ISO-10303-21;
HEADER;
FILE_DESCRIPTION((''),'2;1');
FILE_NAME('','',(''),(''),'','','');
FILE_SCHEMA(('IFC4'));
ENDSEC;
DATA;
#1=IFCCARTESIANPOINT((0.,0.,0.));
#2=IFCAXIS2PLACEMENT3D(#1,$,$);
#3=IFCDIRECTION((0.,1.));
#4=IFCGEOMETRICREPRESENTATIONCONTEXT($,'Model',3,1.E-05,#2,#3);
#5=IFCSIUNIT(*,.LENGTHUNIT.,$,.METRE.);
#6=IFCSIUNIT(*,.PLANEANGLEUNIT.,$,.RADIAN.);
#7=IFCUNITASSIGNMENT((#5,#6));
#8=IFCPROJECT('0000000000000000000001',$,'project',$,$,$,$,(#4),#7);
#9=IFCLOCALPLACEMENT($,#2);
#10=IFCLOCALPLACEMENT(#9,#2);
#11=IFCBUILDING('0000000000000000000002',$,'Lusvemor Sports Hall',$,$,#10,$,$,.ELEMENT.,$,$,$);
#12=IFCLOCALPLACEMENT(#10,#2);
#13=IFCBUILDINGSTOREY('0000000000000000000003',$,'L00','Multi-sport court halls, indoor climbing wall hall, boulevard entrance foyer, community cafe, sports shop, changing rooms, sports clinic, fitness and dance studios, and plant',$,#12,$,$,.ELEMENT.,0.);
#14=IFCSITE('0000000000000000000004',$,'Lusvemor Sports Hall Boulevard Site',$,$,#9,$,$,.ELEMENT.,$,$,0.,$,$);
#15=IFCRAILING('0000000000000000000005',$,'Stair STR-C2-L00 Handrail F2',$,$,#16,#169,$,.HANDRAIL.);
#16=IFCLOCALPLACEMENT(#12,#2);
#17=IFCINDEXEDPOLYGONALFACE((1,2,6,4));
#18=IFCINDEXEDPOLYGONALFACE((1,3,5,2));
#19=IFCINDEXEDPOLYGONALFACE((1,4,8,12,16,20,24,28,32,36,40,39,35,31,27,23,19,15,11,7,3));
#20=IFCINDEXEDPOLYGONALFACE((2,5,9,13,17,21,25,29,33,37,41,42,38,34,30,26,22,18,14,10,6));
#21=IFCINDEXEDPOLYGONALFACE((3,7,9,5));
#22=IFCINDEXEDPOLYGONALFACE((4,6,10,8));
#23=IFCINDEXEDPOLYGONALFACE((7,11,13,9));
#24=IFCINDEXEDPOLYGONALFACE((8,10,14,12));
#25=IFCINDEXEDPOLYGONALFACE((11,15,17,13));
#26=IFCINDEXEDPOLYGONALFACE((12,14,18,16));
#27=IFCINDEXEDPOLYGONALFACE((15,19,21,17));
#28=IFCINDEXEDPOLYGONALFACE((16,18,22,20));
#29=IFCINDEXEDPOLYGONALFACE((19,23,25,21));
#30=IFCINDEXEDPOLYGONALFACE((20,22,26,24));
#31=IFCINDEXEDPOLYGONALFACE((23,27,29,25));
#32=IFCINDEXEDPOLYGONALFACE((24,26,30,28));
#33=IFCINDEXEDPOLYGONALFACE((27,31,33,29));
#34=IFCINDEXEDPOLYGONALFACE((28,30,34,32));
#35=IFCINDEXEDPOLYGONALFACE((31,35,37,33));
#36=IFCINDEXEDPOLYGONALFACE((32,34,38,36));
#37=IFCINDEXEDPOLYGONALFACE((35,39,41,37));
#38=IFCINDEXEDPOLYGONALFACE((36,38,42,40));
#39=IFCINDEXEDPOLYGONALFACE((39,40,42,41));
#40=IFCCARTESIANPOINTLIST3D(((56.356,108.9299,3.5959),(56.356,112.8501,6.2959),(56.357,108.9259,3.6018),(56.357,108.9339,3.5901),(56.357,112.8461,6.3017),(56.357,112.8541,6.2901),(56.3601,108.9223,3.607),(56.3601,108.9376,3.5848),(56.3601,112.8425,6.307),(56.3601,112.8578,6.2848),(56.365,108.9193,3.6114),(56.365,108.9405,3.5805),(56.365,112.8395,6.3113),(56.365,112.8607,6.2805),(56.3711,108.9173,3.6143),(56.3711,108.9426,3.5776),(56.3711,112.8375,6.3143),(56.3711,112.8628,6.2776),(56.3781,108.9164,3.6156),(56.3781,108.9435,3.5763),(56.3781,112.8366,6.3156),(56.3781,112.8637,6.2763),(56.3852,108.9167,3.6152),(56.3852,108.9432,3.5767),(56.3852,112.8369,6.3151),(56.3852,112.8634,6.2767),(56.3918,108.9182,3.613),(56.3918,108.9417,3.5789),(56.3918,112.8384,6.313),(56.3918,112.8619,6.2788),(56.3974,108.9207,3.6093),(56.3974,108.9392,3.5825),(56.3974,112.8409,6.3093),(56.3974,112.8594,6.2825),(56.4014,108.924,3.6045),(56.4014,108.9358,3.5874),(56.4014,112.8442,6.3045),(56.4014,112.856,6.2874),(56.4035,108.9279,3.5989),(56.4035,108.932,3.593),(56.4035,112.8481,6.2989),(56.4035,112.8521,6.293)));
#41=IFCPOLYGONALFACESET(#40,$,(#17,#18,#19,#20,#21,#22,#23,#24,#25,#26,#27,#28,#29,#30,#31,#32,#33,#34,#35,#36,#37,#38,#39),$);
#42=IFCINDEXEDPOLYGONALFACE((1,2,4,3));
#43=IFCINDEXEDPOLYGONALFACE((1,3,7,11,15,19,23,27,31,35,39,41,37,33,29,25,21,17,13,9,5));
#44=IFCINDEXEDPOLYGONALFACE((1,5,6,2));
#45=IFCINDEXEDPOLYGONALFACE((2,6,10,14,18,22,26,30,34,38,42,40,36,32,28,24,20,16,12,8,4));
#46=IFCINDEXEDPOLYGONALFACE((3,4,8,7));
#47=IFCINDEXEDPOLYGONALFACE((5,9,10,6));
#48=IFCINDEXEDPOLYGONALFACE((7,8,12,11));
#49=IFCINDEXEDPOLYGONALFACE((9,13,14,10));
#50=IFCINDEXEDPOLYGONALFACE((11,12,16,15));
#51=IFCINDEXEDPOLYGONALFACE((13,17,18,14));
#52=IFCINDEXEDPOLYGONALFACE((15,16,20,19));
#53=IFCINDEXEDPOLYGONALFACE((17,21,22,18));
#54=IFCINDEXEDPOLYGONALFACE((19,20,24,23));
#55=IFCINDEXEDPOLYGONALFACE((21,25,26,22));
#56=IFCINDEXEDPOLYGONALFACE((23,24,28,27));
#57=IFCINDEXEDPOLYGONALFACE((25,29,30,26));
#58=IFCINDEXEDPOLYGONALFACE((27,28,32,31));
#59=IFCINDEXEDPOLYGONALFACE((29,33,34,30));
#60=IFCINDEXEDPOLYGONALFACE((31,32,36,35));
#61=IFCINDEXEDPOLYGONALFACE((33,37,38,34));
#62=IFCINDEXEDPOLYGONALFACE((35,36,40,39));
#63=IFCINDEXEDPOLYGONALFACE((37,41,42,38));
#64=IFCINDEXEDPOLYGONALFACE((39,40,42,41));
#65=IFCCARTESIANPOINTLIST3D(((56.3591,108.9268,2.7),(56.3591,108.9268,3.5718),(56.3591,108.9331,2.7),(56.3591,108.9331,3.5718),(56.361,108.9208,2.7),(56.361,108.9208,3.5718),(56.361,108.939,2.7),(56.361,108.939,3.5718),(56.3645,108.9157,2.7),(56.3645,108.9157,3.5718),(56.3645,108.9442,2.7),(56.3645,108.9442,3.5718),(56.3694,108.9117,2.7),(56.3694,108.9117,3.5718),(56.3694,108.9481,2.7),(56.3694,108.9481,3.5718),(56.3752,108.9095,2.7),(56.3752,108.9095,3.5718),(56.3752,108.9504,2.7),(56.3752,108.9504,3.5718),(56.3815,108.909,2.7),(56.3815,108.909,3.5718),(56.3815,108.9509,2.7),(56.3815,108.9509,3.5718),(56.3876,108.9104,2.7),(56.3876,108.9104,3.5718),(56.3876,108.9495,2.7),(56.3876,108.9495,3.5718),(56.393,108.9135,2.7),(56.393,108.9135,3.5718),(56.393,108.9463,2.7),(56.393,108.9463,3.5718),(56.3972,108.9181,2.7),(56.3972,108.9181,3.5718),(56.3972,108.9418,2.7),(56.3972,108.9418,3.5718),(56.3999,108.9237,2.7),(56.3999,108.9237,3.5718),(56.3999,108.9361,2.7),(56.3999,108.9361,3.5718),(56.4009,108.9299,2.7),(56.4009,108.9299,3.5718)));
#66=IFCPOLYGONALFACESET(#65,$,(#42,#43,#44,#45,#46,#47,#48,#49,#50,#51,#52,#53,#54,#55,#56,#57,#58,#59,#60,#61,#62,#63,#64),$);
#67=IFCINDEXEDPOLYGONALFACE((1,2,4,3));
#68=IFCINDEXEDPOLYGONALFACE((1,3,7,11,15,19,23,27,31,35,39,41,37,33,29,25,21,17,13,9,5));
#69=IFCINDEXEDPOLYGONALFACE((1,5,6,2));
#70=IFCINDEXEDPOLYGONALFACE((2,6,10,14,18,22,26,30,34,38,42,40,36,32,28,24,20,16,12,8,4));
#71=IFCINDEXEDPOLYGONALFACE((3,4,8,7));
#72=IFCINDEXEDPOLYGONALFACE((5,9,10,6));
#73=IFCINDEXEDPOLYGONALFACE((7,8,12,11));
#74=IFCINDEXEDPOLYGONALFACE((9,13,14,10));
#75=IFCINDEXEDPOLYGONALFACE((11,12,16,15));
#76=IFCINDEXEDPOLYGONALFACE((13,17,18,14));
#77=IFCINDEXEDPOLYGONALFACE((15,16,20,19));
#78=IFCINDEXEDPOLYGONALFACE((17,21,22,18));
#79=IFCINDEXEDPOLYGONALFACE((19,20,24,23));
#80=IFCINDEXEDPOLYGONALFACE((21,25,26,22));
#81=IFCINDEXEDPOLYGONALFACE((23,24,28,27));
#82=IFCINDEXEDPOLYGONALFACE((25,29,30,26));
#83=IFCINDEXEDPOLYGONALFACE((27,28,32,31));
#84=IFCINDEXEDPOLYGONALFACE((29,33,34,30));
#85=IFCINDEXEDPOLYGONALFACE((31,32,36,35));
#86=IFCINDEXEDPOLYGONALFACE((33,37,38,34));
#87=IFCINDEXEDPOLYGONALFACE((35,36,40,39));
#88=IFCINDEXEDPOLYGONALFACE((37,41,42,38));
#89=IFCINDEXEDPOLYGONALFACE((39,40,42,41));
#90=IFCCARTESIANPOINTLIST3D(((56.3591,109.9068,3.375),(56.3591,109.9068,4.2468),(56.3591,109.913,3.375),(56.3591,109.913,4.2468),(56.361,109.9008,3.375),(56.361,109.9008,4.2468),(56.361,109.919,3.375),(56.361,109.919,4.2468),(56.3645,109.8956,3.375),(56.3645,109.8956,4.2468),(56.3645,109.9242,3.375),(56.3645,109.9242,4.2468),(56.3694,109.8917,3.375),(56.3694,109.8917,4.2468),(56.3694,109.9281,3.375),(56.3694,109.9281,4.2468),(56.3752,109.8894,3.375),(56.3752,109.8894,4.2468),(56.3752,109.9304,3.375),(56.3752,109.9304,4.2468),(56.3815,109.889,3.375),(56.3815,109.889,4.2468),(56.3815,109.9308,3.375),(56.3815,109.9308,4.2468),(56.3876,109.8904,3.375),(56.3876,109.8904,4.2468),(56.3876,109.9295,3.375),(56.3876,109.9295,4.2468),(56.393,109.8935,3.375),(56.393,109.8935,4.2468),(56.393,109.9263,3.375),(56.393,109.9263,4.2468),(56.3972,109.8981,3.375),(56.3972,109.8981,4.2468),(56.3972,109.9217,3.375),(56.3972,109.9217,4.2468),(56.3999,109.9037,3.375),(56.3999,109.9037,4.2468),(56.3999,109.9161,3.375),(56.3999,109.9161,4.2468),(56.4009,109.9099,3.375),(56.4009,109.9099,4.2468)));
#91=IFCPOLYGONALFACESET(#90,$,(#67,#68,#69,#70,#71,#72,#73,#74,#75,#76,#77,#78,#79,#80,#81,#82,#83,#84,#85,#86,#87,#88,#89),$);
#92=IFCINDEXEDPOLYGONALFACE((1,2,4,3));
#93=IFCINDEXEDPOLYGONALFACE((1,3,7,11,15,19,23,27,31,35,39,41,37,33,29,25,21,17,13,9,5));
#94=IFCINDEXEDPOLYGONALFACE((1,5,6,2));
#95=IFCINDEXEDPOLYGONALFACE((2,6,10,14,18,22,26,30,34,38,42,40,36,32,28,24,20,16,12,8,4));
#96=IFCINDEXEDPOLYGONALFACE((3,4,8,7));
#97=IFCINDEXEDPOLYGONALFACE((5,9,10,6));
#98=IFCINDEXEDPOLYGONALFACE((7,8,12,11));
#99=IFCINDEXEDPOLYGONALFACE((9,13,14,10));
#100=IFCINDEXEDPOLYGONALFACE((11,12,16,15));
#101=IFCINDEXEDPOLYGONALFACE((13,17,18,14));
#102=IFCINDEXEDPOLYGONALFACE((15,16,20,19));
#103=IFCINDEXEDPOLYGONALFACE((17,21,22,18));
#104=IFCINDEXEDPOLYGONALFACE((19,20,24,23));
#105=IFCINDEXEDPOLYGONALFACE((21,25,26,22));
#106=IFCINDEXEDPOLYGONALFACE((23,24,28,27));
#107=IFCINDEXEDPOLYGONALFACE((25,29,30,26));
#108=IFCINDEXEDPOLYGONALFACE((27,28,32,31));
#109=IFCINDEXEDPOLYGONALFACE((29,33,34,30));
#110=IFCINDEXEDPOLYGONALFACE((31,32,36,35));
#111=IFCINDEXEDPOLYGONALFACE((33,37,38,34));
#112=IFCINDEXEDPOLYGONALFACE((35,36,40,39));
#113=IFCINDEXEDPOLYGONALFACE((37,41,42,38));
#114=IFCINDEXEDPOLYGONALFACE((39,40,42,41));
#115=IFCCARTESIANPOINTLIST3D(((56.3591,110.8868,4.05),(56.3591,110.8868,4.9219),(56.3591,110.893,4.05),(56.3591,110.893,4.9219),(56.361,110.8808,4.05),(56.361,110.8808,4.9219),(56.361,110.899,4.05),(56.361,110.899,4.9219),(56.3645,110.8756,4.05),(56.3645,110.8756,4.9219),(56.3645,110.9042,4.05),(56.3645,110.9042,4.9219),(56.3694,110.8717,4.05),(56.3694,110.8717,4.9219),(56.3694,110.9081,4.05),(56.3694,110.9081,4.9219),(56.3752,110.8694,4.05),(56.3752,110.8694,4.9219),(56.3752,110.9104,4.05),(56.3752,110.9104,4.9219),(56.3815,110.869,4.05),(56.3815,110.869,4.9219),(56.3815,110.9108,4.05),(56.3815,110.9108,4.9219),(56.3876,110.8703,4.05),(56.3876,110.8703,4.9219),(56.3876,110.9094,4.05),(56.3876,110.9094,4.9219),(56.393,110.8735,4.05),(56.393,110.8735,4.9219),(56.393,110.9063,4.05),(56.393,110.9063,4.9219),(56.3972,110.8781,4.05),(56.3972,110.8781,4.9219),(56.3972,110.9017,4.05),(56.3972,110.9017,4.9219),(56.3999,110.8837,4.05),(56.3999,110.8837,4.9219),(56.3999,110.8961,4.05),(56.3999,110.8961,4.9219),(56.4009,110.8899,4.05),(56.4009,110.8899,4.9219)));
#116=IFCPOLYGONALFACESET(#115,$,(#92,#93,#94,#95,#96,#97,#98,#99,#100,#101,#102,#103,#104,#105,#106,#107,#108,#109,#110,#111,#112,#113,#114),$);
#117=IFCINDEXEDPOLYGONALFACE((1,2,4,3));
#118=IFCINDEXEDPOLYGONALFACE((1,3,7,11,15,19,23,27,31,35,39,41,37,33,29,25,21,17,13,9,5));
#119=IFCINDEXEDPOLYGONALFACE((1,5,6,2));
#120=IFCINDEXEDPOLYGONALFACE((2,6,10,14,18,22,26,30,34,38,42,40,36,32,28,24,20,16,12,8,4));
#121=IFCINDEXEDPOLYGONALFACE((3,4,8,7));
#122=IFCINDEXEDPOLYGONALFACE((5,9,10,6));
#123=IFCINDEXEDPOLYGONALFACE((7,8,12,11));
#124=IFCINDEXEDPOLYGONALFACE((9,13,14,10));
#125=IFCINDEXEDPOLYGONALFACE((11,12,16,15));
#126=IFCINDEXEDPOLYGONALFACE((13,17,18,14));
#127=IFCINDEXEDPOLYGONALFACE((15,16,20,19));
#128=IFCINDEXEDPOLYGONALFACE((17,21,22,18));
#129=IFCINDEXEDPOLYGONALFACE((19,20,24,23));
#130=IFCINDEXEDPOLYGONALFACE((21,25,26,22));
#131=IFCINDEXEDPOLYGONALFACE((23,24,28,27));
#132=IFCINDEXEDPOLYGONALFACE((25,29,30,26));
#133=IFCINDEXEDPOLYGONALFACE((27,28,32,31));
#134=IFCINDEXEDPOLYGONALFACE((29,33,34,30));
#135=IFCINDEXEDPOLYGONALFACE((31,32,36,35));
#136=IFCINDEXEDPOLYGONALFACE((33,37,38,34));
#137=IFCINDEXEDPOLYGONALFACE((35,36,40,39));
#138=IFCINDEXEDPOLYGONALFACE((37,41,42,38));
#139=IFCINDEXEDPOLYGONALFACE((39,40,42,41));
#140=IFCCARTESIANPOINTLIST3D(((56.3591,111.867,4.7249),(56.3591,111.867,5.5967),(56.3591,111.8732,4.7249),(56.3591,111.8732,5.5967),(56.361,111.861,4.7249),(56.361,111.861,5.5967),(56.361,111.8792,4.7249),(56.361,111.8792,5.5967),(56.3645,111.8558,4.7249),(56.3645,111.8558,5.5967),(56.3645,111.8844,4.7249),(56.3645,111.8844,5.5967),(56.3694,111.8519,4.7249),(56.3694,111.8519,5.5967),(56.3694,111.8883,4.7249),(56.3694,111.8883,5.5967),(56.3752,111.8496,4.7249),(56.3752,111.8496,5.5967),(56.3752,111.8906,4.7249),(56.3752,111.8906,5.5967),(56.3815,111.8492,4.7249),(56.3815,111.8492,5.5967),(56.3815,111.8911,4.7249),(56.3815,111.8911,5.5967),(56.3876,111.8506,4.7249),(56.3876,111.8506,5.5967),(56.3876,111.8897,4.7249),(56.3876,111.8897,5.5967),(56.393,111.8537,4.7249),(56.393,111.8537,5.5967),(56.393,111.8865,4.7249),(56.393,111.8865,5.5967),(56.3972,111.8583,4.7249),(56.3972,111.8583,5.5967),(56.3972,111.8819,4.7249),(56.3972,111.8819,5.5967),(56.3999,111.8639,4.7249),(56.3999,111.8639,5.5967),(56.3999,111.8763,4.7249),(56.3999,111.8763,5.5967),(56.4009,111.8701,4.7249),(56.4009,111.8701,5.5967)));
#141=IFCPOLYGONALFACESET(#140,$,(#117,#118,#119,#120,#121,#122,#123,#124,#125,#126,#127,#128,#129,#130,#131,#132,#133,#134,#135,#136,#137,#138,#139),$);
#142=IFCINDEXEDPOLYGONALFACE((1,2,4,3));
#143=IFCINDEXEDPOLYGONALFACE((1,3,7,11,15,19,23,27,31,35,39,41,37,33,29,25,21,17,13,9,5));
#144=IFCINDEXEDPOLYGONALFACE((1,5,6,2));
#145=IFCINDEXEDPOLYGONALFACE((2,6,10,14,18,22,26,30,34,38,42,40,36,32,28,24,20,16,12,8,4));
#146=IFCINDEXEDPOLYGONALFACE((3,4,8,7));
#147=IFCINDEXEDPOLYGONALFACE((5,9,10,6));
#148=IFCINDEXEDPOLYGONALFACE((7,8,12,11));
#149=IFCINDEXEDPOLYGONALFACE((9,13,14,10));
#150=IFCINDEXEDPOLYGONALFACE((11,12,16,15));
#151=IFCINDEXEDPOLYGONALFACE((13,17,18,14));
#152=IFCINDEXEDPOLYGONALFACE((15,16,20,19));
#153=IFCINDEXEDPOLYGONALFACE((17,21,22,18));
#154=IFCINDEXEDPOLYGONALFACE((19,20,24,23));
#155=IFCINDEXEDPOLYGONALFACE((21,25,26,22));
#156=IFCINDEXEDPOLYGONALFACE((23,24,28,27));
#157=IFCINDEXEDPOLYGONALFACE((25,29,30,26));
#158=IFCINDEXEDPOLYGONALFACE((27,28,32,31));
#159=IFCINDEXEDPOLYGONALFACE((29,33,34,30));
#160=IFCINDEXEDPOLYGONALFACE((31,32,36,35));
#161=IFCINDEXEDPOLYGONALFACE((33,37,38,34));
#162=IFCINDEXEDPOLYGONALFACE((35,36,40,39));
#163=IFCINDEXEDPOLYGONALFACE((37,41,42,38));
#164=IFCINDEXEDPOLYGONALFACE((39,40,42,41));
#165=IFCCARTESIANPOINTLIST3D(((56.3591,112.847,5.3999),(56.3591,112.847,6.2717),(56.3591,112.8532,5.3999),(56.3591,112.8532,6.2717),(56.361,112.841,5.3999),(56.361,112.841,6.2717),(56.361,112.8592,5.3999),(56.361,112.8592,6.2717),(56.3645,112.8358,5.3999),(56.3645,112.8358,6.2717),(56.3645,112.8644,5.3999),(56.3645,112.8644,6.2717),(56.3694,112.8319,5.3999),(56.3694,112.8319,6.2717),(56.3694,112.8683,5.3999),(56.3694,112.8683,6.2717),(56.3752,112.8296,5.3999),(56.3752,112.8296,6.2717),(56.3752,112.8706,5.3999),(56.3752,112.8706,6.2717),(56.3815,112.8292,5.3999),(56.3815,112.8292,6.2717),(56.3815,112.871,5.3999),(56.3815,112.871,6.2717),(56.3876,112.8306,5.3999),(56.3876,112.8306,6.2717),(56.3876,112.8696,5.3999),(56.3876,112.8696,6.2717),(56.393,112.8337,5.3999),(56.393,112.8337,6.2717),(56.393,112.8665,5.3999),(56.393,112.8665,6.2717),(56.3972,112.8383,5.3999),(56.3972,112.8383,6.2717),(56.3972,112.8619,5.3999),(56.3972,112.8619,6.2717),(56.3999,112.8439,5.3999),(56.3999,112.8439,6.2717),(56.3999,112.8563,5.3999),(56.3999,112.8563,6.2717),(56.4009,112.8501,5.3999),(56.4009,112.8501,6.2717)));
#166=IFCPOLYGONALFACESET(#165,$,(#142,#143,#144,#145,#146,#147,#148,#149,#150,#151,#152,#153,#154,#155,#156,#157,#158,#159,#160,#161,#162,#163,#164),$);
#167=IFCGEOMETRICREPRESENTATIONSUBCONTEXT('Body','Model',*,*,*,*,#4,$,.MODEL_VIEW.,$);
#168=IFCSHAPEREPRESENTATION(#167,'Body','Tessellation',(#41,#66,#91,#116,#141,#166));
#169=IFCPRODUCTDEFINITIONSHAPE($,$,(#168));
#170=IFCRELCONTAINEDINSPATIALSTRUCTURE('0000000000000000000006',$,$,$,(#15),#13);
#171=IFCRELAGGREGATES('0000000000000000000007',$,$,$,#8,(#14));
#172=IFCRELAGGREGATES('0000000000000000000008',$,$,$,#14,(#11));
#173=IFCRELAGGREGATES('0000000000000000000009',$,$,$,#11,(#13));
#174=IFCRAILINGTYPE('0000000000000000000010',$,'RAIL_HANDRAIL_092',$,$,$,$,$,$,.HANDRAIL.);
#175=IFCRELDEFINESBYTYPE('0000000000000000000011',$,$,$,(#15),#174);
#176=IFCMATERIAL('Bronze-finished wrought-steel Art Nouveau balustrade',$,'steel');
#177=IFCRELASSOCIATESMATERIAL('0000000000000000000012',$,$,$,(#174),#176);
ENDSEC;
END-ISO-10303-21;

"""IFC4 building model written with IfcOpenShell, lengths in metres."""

from ifc_helpers import new_model, si_unit, direction, frame, origin, origin_2d, place, context, subcontext, project, spatial, circle, extrude, material, type_object, element, save


model = new_model("IFC4")

# Units and contexts
model_context = context("Model", 3, precision=1e-05, world=origin(), true_north=direction((0.0, 1.0)))
body_context = subcontext(model_context, "Body", "Model", "MODEL_VIEW")
ifc_project = project(units=[si_unit("LENGTHUNIT", "METRE"), si_unit("PLANEANGLEUNIT", "RADIAN")], contexts=[model_context])

# Site, building, storey
site_placement = place(None, origin())
site = spatial("IfcSite", under=ifc_project, at=site_placement, Name="Lusvemor Sports Hall Boulevard Site", CompositionType="ELEMENT", RefElevation=0.0)
building_placement = place(site_placement, origin())
building = spatial("IfcBuilding", under=site, at=building_placement, Name="Lusvemor Sports Hall", CompositionType="ELEMENT")
storey_placement = place(building_placement, origin())
storey = spatial("IfcBuildingStorey", under=building, at=storey_placement, Name="L00", Description="Multi-sport court halls, indoor climbing wall hall, boulevard entrance foyer, community cafe, sports shop, changing rooms, sports clinic, fitness and dance studios, and plant", CompositionType="ELEMENT", Elevation=0.0)

# Railing
ifc_material_1 = material(Name="Bronze-finished wrought-steel Art Nouveau balustrade", Category="steel")
railing_type_1 = type_object("IfcRailingType", Name="RAIL_HANDRAIL_092", PredefinedType="HANDRAIL", material=ifc_material_1)
railing_1_placement = place(storey_placement, frame((56.3799, 108.9299, 2.7)))
element("IfcRailing", 1, at=railing_1_placement, inside=storey, type_object=railing_type_1, Name="Stair STR-C2-L00 Handrail F2", PredefinedType="HANDRAIL", context=body_context, shape_type="SweptSolid", body=[
    extrude(circle(Radius=0.0239, at=origin_2d()), frame((0.0, 0.0, 0.896), z_axis=(0.0, 0.823567, 0.567219), x_axis=(-1.0, 0.0, 0.0)), (0.0, 0.0, 1.0), 4.76),
    extrude(circle(Radius=0.021, at=origin_2d()), origin(), (0.0, 0.0, 1.0), 0.8718),
    extrude(circle(Radius=0.021, at=origin_2d()), frame((0.0, 0.98, 0.675)), (0.0, 0.0, 1.0), 0.8718),
    extrude(circle(Radius=0.021, at=origin_2d()), frame((0.0, 1.96, 1.3501)), (0.0, 0.0, 1.0), 0.8718),
    extrude(circle(Radius=0.021, at=origin_2d()), frame((0.0, 2.9402, 2.0249)), (0.0, 0.0, 1.0), 0.8718),
    extrude(circle(Radius=0.021, at=origin_2d()), frame((0.0, 3.9202, 2.7)), (0.0, 0.0, 1.0), 0.8718),
])

save(model, "model.ifc")
